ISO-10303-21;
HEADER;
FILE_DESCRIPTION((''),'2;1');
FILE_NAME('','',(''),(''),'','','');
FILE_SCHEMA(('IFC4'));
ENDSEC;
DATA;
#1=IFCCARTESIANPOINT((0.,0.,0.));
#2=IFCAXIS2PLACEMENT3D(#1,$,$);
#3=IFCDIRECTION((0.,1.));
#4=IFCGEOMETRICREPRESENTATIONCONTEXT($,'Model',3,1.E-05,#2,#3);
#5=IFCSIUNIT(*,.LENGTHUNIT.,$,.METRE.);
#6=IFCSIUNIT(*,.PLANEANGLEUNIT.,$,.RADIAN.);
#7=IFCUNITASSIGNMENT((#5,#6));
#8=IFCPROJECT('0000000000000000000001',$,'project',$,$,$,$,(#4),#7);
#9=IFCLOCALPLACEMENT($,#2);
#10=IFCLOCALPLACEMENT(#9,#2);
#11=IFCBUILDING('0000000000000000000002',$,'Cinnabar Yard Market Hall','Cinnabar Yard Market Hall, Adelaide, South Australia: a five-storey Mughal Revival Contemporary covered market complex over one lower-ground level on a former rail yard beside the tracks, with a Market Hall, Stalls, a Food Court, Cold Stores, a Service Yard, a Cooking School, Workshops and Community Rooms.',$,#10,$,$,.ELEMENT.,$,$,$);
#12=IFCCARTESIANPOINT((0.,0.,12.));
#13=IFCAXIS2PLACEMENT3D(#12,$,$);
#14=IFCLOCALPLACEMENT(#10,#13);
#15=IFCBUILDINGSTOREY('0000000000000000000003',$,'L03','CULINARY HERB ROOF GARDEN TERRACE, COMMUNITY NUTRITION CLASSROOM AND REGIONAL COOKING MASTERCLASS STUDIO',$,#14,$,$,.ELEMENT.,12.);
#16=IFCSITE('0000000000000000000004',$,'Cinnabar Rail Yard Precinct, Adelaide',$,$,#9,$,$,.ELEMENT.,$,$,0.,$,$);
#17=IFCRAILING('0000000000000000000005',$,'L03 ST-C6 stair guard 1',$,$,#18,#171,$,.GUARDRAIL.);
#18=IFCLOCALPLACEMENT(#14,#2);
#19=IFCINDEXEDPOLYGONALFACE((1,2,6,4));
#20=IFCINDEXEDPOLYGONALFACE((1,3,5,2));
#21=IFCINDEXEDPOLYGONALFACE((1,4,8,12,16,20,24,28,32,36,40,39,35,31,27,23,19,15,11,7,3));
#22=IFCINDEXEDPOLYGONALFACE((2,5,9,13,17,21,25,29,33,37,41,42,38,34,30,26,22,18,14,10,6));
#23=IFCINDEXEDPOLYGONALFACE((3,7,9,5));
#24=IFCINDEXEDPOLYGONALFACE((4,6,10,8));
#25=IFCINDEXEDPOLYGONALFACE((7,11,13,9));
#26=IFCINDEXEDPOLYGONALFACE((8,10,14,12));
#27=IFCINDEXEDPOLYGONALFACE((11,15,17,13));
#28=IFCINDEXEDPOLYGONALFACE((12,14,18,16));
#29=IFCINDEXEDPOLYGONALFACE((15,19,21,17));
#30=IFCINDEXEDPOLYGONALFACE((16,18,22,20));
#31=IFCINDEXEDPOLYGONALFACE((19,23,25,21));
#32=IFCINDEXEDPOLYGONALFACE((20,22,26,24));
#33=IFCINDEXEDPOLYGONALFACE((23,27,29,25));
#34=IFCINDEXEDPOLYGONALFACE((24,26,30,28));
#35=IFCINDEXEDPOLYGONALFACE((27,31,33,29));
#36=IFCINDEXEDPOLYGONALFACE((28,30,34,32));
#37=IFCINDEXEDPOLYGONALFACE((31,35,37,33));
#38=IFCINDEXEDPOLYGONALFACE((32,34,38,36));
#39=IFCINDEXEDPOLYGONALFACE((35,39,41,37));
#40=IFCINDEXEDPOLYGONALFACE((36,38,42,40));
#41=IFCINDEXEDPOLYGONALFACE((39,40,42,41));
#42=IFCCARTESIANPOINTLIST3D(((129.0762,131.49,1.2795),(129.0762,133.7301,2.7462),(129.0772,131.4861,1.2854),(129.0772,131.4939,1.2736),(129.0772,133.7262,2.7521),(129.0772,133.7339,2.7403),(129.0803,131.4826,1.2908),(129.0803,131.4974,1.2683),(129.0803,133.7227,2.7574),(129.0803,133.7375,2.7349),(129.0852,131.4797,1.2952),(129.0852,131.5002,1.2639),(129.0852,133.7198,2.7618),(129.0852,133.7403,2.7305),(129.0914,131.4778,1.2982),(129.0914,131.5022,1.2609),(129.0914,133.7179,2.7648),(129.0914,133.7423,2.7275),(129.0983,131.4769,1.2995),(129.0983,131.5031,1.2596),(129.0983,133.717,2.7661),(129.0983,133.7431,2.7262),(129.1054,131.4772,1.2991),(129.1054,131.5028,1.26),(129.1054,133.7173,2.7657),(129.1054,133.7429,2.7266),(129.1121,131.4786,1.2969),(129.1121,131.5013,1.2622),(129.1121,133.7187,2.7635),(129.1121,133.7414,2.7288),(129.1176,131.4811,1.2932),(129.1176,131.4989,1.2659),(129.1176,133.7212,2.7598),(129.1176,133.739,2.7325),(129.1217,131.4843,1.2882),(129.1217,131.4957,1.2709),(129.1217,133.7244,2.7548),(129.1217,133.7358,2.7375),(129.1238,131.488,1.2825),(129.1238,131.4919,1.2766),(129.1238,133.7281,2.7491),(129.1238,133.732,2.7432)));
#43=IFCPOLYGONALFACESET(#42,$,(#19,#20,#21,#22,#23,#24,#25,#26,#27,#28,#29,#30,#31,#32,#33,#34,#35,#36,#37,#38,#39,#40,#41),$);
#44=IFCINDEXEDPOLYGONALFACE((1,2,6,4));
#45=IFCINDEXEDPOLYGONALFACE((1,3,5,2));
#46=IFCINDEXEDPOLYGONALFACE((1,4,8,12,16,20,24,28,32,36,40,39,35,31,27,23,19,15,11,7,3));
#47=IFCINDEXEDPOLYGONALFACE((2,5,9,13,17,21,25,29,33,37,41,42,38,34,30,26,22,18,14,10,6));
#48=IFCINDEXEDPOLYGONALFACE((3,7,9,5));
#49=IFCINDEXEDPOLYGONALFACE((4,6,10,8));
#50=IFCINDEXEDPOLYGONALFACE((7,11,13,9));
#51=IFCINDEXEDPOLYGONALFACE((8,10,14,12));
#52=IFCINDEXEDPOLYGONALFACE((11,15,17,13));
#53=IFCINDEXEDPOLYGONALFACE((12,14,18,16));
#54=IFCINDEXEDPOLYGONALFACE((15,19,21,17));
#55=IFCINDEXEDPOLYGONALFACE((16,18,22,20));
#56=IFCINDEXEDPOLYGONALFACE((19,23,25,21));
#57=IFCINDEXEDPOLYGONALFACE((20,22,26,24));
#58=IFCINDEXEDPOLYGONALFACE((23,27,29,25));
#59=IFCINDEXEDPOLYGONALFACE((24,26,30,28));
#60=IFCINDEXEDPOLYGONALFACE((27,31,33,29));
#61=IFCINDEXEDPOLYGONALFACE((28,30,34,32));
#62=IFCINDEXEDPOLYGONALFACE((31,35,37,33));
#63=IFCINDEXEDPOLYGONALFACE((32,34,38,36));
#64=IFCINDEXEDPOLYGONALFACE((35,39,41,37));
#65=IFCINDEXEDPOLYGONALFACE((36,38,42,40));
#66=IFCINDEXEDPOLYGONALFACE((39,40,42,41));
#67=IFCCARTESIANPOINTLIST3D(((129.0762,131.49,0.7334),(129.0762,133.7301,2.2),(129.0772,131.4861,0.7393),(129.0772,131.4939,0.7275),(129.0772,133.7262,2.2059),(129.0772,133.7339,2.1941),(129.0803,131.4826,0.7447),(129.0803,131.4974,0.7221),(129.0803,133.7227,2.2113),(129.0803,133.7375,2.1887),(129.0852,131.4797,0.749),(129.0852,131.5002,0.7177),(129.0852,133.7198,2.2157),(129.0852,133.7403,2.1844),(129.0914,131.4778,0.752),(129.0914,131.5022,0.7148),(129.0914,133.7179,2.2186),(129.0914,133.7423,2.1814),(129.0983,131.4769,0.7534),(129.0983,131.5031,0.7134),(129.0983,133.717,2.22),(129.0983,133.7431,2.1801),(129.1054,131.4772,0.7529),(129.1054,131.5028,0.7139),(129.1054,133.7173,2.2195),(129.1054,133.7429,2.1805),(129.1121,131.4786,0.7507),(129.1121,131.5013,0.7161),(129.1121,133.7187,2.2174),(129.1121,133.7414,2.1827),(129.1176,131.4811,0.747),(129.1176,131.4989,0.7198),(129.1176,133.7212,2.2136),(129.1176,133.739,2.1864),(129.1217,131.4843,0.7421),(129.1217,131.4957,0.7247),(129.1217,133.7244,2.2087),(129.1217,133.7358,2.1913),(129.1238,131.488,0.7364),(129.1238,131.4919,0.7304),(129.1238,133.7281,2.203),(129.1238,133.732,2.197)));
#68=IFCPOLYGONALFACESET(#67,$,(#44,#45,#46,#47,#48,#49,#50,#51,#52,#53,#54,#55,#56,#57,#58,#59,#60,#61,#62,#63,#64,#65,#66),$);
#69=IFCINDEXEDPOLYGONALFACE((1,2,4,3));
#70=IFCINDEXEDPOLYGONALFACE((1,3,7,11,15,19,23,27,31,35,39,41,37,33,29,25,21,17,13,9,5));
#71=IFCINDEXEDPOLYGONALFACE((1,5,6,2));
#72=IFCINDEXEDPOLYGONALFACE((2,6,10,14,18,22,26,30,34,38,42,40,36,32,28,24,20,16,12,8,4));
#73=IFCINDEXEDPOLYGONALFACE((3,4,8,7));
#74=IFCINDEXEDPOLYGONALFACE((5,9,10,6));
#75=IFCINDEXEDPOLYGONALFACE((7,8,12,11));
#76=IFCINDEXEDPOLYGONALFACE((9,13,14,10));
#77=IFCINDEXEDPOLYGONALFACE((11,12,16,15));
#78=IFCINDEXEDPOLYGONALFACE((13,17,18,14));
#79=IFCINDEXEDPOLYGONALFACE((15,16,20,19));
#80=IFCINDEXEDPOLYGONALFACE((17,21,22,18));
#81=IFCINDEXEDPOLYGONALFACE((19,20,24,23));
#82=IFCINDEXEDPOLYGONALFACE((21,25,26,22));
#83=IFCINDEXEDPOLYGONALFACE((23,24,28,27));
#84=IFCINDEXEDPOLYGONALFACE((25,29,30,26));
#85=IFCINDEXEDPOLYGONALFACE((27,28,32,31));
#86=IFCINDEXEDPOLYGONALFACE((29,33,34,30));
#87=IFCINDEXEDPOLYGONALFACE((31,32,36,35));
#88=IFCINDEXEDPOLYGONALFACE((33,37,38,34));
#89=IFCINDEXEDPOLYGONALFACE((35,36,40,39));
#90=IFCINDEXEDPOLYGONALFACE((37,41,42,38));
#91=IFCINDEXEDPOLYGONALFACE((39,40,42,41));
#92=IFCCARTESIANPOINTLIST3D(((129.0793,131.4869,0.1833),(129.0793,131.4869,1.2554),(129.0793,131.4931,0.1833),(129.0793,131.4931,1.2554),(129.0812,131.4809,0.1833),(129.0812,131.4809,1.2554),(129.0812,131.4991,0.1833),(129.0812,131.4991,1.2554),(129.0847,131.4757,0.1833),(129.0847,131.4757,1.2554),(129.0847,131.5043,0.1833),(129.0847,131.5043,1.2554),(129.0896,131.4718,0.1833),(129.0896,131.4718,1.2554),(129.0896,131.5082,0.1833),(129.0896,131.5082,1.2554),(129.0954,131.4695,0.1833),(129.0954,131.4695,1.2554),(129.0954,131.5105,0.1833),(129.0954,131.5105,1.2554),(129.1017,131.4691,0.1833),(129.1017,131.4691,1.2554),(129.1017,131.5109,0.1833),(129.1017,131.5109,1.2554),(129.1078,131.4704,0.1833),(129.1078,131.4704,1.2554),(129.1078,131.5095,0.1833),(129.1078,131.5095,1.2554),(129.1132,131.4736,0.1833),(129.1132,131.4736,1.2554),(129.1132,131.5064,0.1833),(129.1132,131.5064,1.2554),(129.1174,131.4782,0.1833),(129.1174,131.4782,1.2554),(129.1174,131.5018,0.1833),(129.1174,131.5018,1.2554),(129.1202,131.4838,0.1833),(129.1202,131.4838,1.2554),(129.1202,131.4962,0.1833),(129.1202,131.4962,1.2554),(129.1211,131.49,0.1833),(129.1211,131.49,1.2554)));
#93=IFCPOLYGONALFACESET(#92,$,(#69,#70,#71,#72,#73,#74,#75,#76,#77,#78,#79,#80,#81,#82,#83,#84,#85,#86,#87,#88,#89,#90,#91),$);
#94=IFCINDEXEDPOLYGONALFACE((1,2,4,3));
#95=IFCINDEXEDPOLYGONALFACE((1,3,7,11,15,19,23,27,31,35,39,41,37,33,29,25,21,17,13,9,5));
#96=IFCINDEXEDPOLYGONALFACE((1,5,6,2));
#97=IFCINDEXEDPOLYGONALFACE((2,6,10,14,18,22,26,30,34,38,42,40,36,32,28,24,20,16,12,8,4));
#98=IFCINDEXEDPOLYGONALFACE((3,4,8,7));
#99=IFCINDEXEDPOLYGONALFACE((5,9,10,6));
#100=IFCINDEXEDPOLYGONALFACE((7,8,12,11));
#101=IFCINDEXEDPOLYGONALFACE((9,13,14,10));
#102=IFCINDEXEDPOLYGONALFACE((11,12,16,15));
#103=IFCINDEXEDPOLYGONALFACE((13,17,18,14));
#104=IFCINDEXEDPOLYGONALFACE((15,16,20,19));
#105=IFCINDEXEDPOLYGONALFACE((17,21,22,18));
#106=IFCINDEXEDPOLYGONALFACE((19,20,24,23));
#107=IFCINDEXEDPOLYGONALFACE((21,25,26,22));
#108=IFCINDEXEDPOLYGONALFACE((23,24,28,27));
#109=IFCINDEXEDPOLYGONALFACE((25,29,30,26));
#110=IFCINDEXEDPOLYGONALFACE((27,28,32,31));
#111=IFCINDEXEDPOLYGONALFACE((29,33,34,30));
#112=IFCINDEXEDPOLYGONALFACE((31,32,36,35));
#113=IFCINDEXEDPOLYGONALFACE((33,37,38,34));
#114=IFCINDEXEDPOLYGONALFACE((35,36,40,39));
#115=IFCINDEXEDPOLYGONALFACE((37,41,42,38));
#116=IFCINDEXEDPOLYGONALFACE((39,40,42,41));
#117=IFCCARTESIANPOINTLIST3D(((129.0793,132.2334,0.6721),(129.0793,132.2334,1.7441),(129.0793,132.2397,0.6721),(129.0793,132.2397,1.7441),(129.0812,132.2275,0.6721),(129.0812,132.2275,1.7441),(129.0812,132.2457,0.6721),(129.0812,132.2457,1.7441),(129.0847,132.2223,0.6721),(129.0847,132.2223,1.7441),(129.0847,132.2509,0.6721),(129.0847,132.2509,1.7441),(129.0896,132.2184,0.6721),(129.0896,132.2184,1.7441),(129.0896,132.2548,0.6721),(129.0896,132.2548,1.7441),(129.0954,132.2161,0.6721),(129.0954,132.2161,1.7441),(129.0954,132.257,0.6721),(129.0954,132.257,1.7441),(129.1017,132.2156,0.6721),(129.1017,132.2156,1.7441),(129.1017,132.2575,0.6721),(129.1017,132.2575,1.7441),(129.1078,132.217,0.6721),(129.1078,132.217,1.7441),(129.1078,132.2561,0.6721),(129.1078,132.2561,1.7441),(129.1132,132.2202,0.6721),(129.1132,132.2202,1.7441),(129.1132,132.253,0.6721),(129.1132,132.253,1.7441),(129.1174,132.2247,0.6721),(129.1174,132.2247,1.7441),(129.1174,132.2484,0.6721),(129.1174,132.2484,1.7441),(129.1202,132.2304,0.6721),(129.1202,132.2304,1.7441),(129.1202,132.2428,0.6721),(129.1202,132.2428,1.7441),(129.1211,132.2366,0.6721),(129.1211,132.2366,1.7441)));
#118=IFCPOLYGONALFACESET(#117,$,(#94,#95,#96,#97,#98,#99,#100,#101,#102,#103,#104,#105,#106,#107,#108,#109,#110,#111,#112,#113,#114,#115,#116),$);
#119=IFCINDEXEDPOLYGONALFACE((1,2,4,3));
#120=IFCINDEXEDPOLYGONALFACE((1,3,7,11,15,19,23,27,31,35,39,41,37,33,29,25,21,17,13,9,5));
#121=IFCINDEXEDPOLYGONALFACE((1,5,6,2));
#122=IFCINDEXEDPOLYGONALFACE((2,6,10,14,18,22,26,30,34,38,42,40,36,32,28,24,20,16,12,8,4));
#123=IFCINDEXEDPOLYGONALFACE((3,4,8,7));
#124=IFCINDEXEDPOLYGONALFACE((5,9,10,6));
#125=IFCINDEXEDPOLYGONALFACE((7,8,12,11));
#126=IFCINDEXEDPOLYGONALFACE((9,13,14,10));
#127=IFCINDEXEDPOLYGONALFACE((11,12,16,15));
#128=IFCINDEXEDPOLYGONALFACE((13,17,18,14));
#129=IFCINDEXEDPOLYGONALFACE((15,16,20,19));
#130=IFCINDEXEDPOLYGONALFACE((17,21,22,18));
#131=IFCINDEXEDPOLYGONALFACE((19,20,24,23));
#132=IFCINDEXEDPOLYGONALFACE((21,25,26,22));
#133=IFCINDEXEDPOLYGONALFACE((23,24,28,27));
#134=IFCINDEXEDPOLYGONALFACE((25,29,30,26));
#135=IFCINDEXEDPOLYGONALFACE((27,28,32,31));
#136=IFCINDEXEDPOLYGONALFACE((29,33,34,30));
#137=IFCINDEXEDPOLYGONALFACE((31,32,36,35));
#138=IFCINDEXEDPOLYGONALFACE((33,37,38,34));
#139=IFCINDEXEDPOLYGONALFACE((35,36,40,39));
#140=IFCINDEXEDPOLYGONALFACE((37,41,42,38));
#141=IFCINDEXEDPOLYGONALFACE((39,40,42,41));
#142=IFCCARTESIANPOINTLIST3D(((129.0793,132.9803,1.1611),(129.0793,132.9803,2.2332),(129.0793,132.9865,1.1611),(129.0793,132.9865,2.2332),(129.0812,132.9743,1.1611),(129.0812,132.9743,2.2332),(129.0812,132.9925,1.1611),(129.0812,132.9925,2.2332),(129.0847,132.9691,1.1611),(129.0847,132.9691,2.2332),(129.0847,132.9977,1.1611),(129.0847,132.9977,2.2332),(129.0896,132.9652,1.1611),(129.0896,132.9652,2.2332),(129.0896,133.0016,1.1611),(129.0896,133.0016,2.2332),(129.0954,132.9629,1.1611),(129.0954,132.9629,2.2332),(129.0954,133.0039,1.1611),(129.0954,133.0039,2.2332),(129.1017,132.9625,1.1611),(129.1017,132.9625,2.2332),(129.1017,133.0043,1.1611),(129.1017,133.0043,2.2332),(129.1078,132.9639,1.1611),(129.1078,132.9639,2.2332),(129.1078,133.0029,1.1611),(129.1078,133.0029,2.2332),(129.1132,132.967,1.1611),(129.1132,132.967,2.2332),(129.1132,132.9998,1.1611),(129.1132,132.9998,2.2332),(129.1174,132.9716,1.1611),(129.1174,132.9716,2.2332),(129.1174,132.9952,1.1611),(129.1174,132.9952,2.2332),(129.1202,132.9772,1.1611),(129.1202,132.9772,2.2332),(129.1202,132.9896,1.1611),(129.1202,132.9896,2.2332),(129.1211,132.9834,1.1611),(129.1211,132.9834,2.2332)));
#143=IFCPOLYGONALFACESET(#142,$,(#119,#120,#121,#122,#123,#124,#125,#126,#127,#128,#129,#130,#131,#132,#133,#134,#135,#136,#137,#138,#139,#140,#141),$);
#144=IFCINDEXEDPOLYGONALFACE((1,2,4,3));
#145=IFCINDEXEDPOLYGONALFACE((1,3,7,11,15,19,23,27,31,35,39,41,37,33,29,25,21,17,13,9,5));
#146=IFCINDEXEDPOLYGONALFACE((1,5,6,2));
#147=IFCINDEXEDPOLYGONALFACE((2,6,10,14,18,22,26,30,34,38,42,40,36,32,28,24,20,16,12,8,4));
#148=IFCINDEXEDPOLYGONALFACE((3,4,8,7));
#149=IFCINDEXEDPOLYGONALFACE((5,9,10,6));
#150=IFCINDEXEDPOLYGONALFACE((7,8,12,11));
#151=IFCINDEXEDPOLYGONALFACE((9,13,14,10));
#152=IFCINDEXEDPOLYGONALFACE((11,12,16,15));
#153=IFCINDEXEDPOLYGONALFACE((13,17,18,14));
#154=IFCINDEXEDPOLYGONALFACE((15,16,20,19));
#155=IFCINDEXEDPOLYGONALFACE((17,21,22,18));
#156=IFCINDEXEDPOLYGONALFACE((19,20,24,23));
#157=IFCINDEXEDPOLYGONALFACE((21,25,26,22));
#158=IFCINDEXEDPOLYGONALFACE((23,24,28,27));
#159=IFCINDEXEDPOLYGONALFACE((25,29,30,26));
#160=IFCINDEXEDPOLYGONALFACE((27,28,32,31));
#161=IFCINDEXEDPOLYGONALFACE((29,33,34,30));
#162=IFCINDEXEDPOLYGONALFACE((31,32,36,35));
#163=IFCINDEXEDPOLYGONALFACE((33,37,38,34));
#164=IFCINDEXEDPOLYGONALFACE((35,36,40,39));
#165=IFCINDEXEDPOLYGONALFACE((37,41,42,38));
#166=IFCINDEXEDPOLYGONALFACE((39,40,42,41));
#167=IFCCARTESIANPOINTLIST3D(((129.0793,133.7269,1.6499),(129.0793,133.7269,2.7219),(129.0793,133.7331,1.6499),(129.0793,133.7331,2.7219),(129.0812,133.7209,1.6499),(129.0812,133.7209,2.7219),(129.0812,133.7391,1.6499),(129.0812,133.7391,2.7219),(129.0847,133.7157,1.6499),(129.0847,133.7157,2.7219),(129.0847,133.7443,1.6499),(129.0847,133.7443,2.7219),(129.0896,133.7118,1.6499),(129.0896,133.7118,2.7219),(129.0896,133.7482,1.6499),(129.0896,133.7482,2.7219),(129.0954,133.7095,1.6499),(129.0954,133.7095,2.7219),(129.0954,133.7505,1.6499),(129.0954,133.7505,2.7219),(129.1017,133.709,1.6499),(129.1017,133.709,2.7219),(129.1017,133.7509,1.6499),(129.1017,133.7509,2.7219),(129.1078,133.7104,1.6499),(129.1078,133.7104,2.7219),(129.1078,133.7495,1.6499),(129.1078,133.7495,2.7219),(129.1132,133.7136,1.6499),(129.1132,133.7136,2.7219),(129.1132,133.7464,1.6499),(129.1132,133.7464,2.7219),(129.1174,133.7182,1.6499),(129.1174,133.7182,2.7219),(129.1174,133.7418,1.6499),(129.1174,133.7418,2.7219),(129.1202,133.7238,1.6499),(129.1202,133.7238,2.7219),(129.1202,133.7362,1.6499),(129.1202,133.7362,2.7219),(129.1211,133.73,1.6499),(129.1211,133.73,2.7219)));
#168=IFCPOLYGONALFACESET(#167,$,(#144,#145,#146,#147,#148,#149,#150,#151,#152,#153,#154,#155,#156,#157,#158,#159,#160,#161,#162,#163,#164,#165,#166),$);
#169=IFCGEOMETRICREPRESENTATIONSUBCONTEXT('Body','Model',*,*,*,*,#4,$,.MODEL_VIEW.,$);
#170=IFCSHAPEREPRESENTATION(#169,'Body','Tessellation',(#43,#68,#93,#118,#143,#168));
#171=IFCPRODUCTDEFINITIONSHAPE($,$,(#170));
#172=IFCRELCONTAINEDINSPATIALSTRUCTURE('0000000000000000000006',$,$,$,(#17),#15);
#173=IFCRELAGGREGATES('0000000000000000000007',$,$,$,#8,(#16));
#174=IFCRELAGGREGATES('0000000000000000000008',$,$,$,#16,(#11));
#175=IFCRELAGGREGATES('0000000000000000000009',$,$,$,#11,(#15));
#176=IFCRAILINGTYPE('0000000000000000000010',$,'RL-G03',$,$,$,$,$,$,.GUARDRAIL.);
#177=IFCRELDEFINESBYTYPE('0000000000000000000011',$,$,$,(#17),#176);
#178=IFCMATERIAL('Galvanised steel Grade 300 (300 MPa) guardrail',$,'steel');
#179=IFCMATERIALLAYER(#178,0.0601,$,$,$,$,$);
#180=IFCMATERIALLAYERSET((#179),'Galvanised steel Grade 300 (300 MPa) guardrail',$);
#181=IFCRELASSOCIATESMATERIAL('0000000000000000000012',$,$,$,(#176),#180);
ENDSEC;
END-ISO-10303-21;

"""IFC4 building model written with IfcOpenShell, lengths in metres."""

from ifc_helpers import new_model, si_unit, direction, frame, origin, origin_2d_with_axis, place, context, subcontext, project, spatial, circle, extrude, material, layer, layer_set, type_object, element, save


model = new_model("IFC4")

# Units and contexts
model_context = context("Model", 3, precision=1e-05, world=origin(), true_north=direction((0.0, 1.0)))
body_context = subcontext(model_context, "Body", "Model", "MODEL_VIEW")
ifc_project = project(units=[si_unit("LENGTHUNIT", "METRE"), si_unit("PLANEANGLEUNIT", "RADIAN")], contexts=[model_context])

# Site, building, storey
site_placement = place(None, origin())
site = spatial("IfcSite", under=ifc_project, at=site_placement, Name="Cinnabar Rail Yard Precinct, Adelaide", CompositionType="ELEMENT", RefElevation=0.0)
building_placement = place(site_placement, origin())
building = spatial("IfcBuilding", under=site, at=building_placement, Name="Cinnabar Yard Market Hall", Description="Cinnabar Yard Market Hall, Adelaide, South Australia: a five-storey Mughal Revival Contemporary covered market complex over one lower-ground level on a former rail yard beside the tracks, with a Market Hall, Stalls, a Food Court, Cold Stores, a Service Yard, a Cooking School, Workshops and Community Rooms.", CompositionType="ELEMENT")
storey_placement = place(building_placement, frame((0.0, 0.0, 12.0)))
storey = spatial("IfcBuildingStorey", under=building, at=storey_placement, Name="L03", Description="CULINARY HERB ROOF GARDEN TERRACE, COMMUNITY NUTRITION CLASSROOM AND REGIONAL COOKING MASTERCLASS STUDIO", CompositionType="ELEMENT", Elevation=12.0)

# Railing
ifc_material_1 = material(Name="Galvanised steel Grade 300 (300 MPa) guardrail", Category="steel")
ifc_layer_1 = layer(ifc_material_1, 0.0601)
ifc_layer_set_1 = layer_set([ifc_layer_1], Name="Galvanised steel Grade 300 (300 MPa) guardrail")
railing_type_1 = type_object("IfcRailingType", Name="RL-G03", PredefinedType="GUARDRAIL", material=ifc_layer_set_1)
railing_1_placement = place(storey_placement, frame((129.1001, 131.49, 0.1833)))
element("IfcRailing", 1, at=railing_1_placement, inside=storey, type_object=railing_type_1, Name="L03 ST-C6 stair guard 1", PredefinedType="GUARDRAIL", context=body_context, shape_type="SweptSolid", body=[
    extrude(circle(Radius=0.0239, at=origin_2d_with_axis()), frame((0.0, 0.0, 1.0962), z_axis=(0.0, 0.836637, 0.547758), x_axis=(-1.0, 0.0, 0.0)), (0.0, 0.0, 1.0), 2.6775),
    extrude(circle(Radius=0.0239, at=origin_2d_with_axis()), frame((0.0, 0.0, 0.55), z_axis=(0.0, 0.836637, 0.547758), x_axis=(-1.0, 0.0, 0.0)), (0.0, 0.0, 1.0), 2.6775),
    extrude(circle(Radius=0.021, at=origin_2d_with_axis()), origin(), (0.0, 0.0, 1.0), 1.072),
    extrude(circle(Radius=0.021, at=origin_2d_with_axis()), frame((0.0, 0.7466, 0.4888)), (0.0, 0.0, 1.0), 1.072),
    extrude(circle(Radius=0.021, at=origin_2d_with_axis()), frame((0.0, 1.4934, 0.9778)), (0.0, 0.0, 1.0), 1.072),
    extrude(circle(Radius=0.021, at=origin_2d_with_axis()), frame((0.0, 2.24, 1.4666)), (0.0, 0.0, 1.0), 1.072),
])

save(model, "model.ifc")
